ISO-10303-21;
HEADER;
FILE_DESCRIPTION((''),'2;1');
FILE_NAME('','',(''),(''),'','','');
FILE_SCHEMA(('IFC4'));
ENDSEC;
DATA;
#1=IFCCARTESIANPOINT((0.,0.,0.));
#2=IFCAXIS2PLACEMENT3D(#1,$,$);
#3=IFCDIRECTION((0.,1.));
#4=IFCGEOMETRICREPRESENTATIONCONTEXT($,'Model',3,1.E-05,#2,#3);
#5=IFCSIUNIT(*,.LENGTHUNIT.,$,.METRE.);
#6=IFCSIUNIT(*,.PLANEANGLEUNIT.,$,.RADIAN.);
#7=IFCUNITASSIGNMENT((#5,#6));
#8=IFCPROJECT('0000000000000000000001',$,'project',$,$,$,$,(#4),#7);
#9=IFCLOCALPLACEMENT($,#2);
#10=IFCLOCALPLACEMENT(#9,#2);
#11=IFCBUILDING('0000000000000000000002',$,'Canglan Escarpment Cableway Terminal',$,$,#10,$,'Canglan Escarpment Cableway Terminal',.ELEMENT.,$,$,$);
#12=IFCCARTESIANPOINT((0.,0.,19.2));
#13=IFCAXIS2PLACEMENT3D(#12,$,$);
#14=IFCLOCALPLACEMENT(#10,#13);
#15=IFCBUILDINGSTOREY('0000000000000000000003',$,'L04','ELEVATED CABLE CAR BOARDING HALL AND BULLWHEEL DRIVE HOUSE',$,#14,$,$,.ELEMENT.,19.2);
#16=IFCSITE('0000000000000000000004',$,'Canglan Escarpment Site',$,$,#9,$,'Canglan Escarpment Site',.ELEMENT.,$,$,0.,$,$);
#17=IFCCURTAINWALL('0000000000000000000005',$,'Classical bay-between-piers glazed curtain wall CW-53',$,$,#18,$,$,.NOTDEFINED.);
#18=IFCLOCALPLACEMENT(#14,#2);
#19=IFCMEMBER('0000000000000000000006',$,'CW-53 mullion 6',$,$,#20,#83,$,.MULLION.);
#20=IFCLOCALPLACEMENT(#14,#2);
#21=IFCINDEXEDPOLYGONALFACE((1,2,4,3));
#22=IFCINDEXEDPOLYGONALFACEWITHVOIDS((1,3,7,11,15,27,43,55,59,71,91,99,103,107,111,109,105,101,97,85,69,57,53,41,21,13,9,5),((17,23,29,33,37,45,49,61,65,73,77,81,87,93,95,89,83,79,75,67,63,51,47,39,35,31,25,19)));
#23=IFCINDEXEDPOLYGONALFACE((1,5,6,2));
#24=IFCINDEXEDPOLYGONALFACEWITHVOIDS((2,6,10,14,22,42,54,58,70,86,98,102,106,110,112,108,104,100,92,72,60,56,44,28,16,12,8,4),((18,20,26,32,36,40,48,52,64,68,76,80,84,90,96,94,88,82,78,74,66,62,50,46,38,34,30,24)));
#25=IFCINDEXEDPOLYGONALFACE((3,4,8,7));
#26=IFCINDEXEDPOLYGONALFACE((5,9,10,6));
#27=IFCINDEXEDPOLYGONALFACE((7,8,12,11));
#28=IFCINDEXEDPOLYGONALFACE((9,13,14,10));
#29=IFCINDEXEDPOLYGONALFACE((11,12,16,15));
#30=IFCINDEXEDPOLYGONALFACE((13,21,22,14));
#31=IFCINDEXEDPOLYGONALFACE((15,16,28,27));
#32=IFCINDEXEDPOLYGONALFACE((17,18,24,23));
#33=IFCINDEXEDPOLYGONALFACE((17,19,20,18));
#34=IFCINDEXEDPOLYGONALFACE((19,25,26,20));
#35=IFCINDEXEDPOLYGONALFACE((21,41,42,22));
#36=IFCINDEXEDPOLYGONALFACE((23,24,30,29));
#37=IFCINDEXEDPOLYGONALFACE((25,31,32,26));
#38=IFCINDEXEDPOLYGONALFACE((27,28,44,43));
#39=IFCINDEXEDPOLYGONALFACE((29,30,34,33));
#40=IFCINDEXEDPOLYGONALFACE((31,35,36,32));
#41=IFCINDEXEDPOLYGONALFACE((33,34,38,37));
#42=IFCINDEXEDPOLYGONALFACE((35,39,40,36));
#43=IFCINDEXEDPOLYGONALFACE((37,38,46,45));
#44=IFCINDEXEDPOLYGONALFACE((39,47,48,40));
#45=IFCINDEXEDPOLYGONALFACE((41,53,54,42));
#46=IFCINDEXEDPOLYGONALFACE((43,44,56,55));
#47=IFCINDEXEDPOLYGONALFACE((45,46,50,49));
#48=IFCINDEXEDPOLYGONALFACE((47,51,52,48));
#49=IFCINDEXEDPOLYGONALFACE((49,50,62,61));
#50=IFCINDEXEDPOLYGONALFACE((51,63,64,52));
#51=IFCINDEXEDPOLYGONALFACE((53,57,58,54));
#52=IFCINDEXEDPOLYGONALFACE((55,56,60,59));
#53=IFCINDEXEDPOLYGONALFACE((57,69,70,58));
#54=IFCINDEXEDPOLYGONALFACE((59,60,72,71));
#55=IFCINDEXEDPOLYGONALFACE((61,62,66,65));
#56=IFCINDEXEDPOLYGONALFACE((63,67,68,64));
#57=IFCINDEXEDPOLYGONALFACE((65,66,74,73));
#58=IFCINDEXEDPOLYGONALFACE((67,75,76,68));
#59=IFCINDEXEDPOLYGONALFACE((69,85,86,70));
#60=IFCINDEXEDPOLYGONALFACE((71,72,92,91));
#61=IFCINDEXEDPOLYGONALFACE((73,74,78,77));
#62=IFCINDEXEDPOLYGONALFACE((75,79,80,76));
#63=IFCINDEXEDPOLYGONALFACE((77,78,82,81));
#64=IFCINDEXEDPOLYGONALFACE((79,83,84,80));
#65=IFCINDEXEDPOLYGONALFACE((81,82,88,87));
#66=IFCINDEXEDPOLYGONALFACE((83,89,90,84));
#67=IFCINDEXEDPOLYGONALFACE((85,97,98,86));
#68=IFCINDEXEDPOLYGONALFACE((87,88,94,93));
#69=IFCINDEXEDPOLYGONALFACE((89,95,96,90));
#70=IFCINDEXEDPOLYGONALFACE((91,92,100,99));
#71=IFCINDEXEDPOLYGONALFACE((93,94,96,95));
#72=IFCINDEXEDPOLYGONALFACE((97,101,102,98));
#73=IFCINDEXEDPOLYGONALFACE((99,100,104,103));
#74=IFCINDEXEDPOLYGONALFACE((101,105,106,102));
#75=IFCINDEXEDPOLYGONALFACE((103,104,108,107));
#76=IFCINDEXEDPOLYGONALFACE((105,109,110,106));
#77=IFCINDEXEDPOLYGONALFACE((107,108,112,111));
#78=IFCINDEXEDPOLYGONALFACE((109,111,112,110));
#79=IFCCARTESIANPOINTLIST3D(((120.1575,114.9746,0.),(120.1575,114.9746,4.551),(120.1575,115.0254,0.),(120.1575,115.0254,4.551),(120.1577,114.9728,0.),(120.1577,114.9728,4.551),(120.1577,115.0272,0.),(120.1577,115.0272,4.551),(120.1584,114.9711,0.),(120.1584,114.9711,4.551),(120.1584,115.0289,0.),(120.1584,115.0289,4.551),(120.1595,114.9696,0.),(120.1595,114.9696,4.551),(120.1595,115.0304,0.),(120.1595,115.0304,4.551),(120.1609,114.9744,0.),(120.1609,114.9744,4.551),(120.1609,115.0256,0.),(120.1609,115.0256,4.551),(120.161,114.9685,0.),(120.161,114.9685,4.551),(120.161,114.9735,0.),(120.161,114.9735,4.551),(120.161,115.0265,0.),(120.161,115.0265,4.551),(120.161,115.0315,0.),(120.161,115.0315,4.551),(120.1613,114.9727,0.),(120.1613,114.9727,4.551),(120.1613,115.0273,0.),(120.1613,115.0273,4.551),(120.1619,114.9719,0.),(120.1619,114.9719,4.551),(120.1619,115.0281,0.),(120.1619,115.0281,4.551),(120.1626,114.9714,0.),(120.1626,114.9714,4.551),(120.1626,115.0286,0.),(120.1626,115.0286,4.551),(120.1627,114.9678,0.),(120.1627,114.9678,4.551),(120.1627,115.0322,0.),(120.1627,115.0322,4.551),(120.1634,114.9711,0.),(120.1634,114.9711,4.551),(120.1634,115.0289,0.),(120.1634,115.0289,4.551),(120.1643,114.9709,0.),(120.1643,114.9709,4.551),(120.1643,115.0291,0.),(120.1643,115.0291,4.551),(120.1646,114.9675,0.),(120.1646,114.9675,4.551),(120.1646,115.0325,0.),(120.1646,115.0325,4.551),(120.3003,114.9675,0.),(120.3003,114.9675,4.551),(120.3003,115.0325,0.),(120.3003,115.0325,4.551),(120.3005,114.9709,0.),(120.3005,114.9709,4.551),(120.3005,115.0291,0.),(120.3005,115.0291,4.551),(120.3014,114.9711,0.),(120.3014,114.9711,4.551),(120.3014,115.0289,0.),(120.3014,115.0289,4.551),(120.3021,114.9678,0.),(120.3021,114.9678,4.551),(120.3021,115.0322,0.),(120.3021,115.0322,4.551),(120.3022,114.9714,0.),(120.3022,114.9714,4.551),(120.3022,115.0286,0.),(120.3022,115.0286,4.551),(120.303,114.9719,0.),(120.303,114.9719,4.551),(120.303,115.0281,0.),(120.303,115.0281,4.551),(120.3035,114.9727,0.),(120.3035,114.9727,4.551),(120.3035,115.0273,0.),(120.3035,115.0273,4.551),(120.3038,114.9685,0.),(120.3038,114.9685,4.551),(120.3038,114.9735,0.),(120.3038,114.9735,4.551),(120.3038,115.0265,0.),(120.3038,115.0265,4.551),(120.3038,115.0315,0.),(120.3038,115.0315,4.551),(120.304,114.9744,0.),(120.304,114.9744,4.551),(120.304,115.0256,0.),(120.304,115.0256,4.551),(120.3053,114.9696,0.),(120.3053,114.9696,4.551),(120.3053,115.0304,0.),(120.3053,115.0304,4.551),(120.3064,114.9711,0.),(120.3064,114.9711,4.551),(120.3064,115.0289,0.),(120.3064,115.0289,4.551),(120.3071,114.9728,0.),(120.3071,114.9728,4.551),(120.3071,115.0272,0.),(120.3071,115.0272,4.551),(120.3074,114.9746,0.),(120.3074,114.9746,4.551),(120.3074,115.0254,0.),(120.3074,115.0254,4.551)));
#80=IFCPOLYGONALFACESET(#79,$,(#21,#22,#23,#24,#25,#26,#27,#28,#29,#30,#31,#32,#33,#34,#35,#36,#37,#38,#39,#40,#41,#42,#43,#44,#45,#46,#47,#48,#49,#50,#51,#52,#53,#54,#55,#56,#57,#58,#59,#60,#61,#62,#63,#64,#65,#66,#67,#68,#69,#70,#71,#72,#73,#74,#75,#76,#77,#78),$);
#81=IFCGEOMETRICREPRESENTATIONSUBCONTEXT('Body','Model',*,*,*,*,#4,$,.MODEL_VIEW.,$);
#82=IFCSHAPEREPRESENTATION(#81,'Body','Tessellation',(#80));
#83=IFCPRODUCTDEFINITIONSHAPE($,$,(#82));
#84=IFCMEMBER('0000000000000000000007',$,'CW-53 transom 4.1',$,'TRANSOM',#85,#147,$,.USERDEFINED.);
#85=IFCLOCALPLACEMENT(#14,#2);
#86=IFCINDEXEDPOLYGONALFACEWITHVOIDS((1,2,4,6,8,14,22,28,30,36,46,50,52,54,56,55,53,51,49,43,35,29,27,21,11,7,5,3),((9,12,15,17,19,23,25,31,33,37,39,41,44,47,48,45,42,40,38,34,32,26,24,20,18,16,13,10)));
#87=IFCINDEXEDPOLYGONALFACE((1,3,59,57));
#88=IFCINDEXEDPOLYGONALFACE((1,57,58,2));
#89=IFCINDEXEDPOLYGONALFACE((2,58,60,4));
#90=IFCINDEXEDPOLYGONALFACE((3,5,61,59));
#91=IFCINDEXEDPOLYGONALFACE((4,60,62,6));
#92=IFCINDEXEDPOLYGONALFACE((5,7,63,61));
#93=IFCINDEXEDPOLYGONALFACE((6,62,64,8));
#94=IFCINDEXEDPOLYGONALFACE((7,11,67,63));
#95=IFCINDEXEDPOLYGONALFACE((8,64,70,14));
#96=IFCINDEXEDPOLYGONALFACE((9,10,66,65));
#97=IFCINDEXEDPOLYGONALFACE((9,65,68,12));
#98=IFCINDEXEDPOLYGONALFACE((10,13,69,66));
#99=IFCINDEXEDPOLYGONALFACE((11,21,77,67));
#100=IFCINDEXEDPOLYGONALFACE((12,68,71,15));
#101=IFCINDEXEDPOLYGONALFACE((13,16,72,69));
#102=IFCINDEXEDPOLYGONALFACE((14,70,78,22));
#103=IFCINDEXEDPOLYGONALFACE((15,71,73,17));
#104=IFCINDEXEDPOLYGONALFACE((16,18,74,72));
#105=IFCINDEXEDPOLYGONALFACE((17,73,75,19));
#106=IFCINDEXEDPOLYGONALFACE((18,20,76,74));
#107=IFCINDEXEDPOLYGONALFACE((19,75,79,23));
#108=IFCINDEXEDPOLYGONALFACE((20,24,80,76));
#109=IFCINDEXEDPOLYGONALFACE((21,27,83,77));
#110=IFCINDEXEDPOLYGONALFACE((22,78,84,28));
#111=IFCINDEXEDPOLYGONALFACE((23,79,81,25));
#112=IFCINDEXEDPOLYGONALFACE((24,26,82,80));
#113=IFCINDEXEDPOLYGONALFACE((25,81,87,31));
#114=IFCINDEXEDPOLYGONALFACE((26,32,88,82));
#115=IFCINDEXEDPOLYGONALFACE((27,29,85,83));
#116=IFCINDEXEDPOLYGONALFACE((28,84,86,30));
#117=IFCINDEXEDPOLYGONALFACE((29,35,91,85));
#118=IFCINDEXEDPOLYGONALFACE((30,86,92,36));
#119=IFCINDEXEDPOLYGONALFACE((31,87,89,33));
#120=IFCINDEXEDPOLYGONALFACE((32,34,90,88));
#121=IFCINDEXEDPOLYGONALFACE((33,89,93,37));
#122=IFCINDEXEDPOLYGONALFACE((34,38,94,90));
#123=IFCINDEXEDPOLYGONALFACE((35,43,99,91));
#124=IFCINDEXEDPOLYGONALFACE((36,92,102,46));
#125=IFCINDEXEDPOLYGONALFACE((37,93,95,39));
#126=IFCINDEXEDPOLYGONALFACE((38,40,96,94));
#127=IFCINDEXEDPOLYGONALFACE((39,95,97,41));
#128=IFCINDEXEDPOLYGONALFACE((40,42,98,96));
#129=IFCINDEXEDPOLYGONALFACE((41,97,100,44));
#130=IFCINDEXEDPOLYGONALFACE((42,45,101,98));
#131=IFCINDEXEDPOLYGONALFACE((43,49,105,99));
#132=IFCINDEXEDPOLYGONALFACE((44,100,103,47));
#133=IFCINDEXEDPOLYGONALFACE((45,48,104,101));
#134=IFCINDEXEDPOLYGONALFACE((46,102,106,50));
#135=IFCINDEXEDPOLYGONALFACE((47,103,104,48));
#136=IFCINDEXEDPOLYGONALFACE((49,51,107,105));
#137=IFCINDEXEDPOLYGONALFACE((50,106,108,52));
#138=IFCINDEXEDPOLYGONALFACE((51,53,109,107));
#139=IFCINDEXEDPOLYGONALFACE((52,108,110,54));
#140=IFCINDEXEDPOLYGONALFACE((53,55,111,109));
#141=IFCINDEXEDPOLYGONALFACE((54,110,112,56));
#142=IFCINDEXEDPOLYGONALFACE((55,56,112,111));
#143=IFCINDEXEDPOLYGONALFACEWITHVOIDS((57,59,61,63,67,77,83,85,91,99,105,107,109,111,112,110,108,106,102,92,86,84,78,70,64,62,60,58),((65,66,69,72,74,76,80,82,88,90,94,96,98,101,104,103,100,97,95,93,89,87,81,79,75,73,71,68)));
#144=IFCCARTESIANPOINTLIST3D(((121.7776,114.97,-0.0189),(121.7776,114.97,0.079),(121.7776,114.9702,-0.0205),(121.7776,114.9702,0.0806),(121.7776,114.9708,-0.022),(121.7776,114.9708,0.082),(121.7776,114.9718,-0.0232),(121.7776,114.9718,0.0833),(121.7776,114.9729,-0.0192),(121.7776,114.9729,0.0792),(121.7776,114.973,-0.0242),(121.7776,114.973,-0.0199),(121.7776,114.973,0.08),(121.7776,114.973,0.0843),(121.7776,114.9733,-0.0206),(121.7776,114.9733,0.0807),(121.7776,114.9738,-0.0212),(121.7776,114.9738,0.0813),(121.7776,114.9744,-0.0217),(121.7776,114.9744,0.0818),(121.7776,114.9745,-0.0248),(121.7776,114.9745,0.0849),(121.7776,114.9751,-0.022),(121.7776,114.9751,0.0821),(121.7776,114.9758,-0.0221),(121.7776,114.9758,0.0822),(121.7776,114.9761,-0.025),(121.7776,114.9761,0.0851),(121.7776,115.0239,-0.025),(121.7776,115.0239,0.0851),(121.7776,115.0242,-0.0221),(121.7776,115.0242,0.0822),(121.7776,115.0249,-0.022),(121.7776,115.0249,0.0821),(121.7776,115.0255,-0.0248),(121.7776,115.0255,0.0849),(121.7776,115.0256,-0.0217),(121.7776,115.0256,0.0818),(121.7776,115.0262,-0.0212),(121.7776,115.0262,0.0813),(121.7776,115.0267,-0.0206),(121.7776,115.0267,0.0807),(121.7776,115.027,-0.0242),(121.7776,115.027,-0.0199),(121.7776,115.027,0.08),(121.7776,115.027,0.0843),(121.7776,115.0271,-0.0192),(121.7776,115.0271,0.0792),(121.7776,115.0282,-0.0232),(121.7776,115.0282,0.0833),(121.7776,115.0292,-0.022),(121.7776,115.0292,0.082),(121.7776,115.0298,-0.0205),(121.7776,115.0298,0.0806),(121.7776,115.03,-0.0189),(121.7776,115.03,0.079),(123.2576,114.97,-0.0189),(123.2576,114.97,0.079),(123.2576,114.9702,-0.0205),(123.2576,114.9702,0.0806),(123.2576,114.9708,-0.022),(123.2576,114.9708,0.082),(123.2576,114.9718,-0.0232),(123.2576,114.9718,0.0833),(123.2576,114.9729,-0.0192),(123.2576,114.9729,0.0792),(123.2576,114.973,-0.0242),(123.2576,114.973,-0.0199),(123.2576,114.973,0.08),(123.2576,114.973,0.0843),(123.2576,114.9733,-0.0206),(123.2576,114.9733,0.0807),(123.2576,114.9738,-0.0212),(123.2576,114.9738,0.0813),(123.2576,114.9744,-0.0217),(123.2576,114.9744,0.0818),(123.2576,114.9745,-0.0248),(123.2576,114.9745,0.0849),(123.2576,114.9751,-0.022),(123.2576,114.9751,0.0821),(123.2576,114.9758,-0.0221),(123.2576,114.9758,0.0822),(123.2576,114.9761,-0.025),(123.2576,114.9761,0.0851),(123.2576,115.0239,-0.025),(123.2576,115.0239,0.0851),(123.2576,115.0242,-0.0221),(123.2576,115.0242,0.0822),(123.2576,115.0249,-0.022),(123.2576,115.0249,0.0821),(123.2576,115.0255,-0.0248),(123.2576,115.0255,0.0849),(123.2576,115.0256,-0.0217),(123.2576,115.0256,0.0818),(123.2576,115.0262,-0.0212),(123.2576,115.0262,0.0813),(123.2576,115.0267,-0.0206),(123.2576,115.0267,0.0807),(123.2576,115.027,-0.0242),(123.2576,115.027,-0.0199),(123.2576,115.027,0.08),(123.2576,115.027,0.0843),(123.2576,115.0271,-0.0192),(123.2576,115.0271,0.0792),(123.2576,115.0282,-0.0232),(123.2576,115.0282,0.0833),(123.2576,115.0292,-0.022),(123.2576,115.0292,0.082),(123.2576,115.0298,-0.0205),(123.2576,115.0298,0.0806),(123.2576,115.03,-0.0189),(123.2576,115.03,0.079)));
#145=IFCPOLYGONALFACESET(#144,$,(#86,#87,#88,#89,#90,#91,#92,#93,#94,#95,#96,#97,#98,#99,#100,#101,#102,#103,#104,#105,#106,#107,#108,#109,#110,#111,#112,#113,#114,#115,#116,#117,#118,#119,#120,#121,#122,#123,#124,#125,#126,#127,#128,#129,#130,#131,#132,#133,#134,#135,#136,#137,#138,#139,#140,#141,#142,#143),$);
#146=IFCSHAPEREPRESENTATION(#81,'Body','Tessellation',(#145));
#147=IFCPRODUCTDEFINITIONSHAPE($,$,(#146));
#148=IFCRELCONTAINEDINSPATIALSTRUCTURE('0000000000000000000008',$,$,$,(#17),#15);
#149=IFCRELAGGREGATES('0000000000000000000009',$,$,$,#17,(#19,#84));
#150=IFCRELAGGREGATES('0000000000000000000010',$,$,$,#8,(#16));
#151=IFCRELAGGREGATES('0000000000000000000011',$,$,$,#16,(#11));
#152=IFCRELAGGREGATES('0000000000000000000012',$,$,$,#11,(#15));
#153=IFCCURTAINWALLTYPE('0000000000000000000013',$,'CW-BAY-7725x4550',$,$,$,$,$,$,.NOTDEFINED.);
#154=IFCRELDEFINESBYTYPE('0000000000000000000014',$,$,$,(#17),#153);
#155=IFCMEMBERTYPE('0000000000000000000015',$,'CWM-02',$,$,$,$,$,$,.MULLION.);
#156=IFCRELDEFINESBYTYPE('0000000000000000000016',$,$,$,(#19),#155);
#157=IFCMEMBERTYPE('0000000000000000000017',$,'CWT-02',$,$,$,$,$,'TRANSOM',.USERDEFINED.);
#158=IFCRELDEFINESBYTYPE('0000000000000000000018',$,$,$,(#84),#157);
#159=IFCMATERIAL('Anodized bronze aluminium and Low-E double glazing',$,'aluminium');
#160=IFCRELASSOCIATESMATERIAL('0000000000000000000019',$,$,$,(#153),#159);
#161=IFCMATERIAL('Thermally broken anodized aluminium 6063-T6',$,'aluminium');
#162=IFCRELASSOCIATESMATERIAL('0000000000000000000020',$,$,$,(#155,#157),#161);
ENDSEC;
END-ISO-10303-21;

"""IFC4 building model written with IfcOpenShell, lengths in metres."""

from ifc_helpers import new_model, si_unit, direction, frame, origin, origin_2d, place, context, subcontext, project, spatial, hollow_rectangle, extrude, material, material_profile, profile_set, type_object, element, aggregate, save


model = new_model("IFC4")

# Units and contexts
model_context = context("Model", 3, precision=1e-05, world=origin(), true_north=direction((0.0, 1.0)))
body_context = subcontext(model_context, "Body", "Model", "MODEL_VIEW")
ifc_project = project(units=[si_unit("LENGTHUNIT", "METRE"), si_unit("PLANEANGLEUNIT", "RADIAN")], contexts=[model_context])

# Site, building, storey
site_placement = place(None, origin())
site = spatial("IfcSite", under=ifc_project, at=site_placement, Name="Canglan Escarpment Site", LongName="Canglan Escarpment Site", CompositionType="ELEMENT", RefElevation=0.0)
building_placement = place(site_placement, origin())
building = spatial("IfcBuilding", under=site, at=building_placement, Name="Canglan Escarpment Cableway Terminal", LongName="Canglan Escarpment Cableway Terminal", CompositionType="ELEMENT")
storey_placement = place(building_placement, frame((0.0, 0.0, 19.2)))
storey = spatial("IfcBuildingStorey", under=building, at=storey_placement, Name="L04", Description="ELEVATED CABLE CAR BOARDING HALL AND BULLWHEEL DRIVE HOUSE", CompositionType="ELEMENT", Elevation=19.2)

# Curtain wall, members
ifc_material_1 = material(Name="Anodized bronze aluminium and Low-E double glazing", Category="aluminium")
curtain_wall_type = type_object("IfcCurtainWallType", Name="CW-BAY-7725x4550", PredefinedType="NOTDEFINED", material=ifc_material_1)
curtain_wall_placement = place(storey_placement, origin())
curtain_wall = element("IfcCurtainWall", 1, at=curtain_wall_placement, inside=storey, type_object=curtain_wall_type, Name="Classical bay-between-piers glazed curtain wall CW-53", PredefinedType="NOTDEFINED")
ifc_material_2 = material(Name="Thermally broken anodized aluminium 6063-T6", Category="aluminium")
ifc_material_profile_1 = material_profile(ifc_material_2, hollow_rectangle(XDim=0.0649, YDim=0.1499, WallThickness=0.0034, InnerFilletRadius=0.0034, OuterFilletRadius=0.0071, at=origin_2d()), Name="ALU-MULL 65x150x3.5")
ifc_profile_set_1 = profile_set([ifc_material_profile_1], Name="Thermally broken anodized aluminium 6063-T6")
member_type_1 = type_object("IfcMemberType", Name="CWM-02", PredefinedType="MULLION", material=ifc_profile_set_1)
member_1_placement = place(storey_placement, frame((120.2324, 115.0, 0.0), z_axis=(0.0, 0.0, 1.0), x_axis=(0.0, -1.0, 0.0)))
member_1 = element("IfcMember", 2, at=member_1_placement, type_object=member_type_1, Name="CW-53 mullion 6", PredefinedType="MULLION", context=body_context, shape_type="SweptSolid", body=[
    extrude(hollow_rectangle(XDim=0.0649, YDim=0.1499, WallThickness=0.0034, InnerFilletRadius=0.0034, OuterFilletRadius=0.0071, at=origin_2d()), origin(), (0.0, 0.0, 1.0), 4.551),
])
ifc_material_profile_2 = material_profile(ifc_material_2, hollow_rectangle(XDim=0.0601, YDim=0.1101, WallThickness=0.0029, InnerFilletRadius=0.0029, OuterFilletRadius=0.0061, at=origin_2d()), Name="ALU-TRAN 60x110x3")
ifc_profile_set_2 = profile_set([ifc_material_profile_2], Name="Thermally broken anodized aluminium 6063-T6")
member_type_2 = type_object("IfcMemberType", Name="CWT-02", ElementType="TRANSOM", PredefinedType="USERDEFINED", material=ifc_profile_set_2)
member_2_placement = place(storey_placement, frame((123.2576, 115.0, 0.03), z_axis=(-1.0, 0.0, 0.0), x_axis=(0.0, -1.0, 0.0)))
member_2 = element("IfcMember", 3, at=member_2_placement, type_object=member_type_2, Name="CW-53 transom 4.1", ObjectType="TRANSOM", PredefinedType="USERDEFINED", context=body_context, shape_type="SweptSolid", body=[
    extrude(hollow_rectangle(XDim=0.0601, YDim=0.1101, WallThickness=0.0029, InnerFilletRadius=0.0029, OuterFilletRadius=0.0061, at=origin_2d()), origin(), (0.0, 0.0, 1.0), 1.48),
])

aggregate(curtain_wall, [member_1, member_2])

save(model, "model.ifc")
